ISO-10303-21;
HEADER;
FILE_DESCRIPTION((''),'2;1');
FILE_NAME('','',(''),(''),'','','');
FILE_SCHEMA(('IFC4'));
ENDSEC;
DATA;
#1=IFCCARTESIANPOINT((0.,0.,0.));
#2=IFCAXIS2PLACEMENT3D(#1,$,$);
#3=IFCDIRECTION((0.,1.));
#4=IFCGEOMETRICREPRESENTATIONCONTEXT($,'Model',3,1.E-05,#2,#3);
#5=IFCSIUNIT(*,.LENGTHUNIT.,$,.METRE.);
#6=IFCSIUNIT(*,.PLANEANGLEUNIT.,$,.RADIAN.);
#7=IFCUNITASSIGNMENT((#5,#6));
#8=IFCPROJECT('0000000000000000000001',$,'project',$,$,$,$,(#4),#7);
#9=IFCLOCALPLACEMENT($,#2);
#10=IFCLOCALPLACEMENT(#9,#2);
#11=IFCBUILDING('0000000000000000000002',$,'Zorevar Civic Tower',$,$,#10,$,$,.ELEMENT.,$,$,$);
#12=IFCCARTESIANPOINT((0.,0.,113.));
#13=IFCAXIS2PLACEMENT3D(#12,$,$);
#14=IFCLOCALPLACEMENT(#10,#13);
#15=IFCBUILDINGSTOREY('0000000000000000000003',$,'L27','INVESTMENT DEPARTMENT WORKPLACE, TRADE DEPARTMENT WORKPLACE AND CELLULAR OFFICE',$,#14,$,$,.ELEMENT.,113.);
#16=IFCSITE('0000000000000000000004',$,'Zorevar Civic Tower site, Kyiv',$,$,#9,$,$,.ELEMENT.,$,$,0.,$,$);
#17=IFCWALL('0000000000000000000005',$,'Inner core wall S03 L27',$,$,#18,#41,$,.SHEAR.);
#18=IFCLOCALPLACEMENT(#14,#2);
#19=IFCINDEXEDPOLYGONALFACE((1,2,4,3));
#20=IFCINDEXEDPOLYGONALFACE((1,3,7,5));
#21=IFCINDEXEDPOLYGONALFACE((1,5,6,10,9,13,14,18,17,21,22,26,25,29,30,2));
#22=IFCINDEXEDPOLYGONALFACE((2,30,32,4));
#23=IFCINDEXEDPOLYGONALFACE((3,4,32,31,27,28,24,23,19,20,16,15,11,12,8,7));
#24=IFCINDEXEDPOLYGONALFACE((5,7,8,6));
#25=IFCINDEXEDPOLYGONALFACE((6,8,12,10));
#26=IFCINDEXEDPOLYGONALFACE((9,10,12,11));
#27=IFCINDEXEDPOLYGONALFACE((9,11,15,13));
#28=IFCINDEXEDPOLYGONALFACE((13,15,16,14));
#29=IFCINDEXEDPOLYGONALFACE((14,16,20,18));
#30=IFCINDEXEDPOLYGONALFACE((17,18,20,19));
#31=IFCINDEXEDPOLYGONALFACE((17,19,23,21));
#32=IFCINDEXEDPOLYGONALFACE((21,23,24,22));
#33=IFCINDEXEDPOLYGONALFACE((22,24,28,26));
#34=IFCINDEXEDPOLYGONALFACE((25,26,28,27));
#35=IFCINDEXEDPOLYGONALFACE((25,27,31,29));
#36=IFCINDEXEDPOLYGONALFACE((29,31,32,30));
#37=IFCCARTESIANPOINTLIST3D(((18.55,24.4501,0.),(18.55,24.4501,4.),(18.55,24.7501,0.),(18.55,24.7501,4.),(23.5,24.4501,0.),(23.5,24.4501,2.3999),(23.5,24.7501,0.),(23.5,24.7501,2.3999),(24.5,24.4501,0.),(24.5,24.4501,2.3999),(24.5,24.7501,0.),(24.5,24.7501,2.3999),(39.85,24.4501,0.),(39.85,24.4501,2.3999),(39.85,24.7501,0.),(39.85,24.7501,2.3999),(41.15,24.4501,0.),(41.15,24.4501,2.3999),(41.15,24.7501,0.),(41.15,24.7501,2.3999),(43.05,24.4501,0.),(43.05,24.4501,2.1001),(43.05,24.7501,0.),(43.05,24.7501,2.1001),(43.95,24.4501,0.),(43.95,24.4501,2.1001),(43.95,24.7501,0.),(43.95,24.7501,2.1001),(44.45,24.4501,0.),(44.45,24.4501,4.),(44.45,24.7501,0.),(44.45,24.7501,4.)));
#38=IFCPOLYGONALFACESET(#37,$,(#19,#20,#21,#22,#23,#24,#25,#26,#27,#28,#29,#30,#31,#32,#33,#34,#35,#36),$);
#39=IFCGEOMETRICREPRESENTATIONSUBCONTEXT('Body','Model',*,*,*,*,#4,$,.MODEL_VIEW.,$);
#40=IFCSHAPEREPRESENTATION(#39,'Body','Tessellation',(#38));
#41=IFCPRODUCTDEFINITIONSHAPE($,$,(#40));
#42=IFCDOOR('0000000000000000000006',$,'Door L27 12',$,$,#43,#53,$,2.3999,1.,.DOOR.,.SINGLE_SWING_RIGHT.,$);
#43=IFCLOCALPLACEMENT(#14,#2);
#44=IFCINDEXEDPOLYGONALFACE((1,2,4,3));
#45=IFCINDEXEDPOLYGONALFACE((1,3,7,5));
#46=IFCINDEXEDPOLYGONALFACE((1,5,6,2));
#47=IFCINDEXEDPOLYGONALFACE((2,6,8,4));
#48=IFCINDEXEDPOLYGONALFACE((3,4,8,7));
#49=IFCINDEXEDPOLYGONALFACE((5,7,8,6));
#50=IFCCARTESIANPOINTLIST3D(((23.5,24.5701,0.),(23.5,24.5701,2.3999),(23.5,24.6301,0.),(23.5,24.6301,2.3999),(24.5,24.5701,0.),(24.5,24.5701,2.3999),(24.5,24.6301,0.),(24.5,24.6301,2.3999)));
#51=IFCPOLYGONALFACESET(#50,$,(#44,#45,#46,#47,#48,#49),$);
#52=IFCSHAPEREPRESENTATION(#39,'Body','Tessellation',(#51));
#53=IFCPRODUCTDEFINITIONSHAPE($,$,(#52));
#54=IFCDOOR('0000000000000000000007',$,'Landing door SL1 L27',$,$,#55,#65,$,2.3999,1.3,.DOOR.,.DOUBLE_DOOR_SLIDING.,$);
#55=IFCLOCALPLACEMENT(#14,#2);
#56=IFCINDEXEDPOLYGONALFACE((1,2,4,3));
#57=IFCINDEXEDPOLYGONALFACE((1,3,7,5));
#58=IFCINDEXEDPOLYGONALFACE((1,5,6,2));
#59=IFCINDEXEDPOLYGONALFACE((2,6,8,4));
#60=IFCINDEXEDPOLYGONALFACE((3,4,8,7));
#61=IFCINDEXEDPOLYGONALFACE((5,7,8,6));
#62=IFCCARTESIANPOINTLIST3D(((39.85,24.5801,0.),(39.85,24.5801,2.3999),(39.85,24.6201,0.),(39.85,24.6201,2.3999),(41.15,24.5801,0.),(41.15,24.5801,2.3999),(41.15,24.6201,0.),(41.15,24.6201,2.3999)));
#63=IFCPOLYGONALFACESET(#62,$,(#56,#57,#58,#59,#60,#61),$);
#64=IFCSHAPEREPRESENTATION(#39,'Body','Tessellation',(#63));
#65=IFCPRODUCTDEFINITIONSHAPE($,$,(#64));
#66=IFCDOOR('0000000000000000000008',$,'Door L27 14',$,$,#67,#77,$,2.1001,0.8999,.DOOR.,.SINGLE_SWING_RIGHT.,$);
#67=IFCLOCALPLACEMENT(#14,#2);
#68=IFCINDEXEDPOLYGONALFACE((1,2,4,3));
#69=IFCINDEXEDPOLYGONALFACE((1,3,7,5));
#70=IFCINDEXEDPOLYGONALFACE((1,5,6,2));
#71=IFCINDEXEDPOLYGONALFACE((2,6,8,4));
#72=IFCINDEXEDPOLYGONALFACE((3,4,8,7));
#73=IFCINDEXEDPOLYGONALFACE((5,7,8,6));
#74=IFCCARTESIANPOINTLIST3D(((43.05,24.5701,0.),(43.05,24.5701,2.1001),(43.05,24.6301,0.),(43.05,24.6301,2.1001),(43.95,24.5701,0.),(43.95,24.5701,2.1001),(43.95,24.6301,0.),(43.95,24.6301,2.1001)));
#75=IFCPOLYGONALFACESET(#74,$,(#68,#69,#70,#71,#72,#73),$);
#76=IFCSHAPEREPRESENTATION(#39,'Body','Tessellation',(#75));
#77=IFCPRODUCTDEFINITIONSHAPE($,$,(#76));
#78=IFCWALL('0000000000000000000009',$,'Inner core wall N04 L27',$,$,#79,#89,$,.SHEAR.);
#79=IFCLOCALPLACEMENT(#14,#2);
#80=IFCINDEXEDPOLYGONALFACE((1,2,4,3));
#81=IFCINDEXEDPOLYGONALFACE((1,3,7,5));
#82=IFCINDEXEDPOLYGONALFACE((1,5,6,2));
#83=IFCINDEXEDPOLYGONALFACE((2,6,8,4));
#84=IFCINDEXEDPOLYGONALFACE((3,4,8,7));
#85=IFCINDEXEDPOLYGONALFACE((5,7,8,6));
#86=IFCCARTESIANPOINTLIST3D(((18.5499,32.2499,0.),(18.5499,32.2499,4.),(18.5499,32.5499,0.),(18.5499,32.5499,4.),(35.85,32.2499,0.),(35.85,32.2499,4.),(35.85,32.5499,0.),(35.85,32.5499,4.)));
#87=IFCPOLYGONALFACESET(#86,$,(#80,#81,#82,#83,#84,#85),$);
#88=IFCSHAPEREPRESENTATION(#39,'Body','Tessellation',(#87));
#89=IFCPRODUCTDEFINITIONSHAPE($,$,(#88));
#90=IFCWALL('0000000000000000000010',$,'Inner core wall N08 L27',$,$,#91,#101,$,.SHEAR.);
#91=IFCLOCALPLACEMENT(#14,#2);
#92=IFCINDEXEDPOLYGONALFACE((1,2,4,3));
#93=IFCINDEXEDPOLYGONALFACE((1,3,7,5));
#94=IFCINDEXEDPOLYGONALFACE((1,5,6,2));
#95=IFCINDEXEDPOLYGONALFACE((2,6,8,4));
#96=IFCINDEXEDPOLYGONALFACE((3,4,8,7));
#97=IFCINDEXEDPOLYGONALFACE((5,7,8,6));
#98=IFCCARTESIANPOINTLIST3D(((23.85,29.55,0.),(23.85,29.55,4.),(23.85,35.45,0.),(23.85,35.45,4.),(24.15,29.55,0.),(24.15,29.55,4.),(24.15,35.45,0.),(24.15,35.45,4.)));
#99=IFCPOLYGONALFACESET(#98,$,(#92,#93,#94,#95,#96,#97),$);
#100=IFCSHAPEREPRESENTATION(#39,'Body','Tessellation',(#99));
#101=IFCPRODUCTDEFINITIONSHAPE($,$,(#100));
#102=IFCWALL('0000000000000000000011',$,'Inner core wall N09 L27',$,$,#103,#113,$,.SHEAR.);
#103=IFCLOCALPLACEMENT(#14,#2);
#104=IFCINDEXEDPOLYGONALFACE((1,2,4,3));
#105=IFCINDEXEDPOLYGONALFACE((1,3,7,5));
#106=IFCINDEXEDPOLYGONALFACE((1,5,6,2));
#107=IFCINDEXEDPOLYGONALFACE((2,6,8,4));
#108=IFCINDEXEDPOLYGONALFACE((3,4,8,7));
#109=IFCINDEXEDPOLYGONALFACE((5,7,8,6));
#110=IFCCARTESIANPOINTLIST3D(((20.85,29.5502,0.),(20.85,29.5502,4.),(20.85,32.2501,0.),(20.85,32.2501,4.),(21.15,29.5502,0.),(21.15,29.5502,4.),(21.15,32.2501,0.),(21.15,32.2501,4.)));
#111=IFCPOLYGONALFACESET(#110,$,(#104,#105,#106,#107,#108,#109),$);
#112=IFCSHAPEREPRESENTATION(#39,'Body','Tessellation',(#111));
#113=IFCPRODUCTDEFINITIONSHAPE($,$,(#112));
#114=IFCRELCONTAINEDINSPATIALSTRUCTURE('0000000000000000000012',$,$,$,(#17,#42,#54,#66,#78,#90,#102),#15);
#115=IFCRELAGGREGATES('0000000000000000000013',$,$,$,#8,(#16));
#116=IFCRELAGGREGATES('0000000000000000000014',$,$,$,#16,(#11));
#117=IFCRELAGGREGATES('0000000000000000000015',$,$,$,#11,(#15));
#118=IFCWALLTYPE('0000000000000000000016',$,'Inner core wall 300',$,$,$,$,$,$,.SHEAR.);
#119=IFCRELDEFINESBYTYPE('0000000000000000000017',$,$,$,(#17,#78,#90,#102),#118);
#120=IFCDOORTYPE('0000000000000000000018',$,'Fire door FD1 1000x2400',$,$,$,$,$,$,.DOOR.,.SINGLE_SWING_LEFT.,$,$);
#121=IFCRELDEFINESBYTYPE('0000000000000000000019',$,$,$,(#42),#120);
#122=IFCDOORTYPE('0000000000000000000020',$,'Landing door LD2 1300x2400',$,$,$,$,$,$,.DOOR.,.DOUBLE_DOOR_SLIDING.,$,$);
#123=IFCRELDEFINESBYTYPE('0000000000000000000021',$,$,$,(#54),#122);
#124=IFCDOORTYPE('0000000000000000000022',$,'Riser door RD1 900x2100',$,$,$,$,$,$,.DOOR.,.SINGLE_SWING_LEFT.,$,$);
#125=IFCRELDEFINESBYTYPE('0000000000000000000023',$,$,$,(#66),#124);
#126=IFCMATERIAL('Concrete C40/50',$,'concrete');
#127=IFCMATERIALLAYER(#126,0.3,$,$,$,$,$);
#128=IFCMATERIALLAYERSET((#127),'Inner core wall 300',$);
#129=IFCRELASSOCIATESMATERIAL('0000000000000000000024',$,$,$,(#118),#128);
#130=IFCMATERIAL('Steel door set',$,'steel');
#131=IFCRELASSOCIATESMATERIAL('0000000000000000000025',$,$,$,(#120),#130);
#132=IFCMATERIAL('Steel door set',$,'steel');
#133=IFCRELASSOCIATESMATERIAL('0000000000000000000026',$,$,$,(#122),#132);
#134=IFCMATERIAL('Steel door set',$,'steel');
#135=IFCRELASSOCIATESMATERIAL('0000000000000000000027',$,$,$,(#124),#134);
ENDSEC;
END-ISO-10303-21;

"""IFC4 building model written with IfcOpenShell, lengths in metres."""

from ifc_helpers import new_model, si_unit, direction, frame, frame_2d, origin, place, context, subcontext, project, spatial, rectangle, extrude, material, layer, layer_set, type_object, element, fill, save


model = new_model("IFC4")

# Units and contexts
model_context = context("Model", 3, precision=1e-05, world=origin(), true_north=direction((0.0, 1.0)))
body_context = subcontext(model_context, "Body", "Model", "MODEL_VIEW")
ifc_project = project(units=[si_unit("LENGTHUNIT", "METRE"), si_unit("PLANEANGLEUNIT", "RADIAN")], contexts=[model_context])

# Site, building, storey
site_placement = place(None, origin())
site = spatial("IfcSite", under=ifc_project, at=site_placement, Name="Zorevar Civic Tower site, Kyiv", CompositionType="ELEMENT", RefElevation=0.0)
building_placement = place(site_placement, origin())
building = spatial("IfcBuilding", under=site, at=building_placement, Name="Zorevar Civic Tower", CompositionType="ELEMENT")
storey_placement = place(building_placement, frame((0.0, 0.0, 113.0)))
storey = spatial("IfcBuildingStorey", under=building, at=storey_placement, Name="L27", Description="INVESTMENT DEPARTMENT WORKPLACE, TRADE DEPARTMENT WORKPLACE AND CELLULAR OFFICE", CompositionType="ELEMENT", Elevation=113.0)

# Shared definitions
ifc_material_1 = material(Name="Concrete C40/50", Category="concrete")
ifc_layer_1 = layer(ifc_material_1, 0.3)
ifc_layer_set_1 = layer_set([ifc_layer_1], Name="Inner core wall 300")
wall_type_1 = type_object("IfcWallType", Name="Inner core wall 300", PredefinedType="SHEAR", material=ifc_layer_set_1)

# Wall, openings, doors
wall_1_placement = place(storey_placement, frame((18.55, 24.6001, 0.0), z_axis=(0.0, 0.0, 1.0), x_axis=(1.0, 0.0, 0.0)))
wall_1 = element("IfcWall", 1, at=wall_1_placement, inside=storey, type_object=wall_type_1, Name="Inner core wall S03 L27", PredefinedType="SHEAR", context=body_context, shape_type="SweptSolid", body=[
    extrude(rectangle(XDim=25.8999, YDim=0.3, at=frame_2d((12.95, 0.0))), origin(), (0.0, 0.0, 1.0), 4.0),
])
opening_1_placement = place(wall_1_placement, frame((4.95, 0.0, 0.0)))
opening_1 = element("IfcOpeningElement", 2, at=opening_1_placement, cuts=wall_1, PredefinedType="OPENING", context=body_context, shape_type="SweptSolid", body=[
    extrude(rectangle(XDim=1.0, YDim=2.3999, at=frame_2d((0.5, 1.2))), frame((0.0, 0.1599, 0.0), z_axis=(0.0, -1.0, 0.0), x_axis=(1.0, 0.0, 0.0)), (0.0, 0.0, 1.0), 0.3201),
])
opening_2_placement = place(wall_1_placement, frame((24.5, 0.0, 0.0)))
opening_2 = element("IfcOpeningElement", 3, at=opening_2_placement, cuts=wall_1, PredefinedType="OPENING", context=body_context, shape_type="SweptSolid", body=[
    extrude(rectangle(XDim=0.8999, YDim=2.1001, at=frame_2d((0.45, 1.05))), frame((0.0, 0.1599, 0.0), z_axis=(0.0, -1.0, 0.0), x_axis=(1.0, 0.0, 0.0)), (0.0, 0.0, 1.0), 0.3201),
])
opening_3_placement = place(wall_1_placement, frame((21.3, 0.0, 0.0)))
opening_3 = element("IfcOpeningElement", 4, at=opening_3_placement, cuts=wall_1, PredefinedType="OPENING", context=body_context, shape_type="SweptSolid", body=[
    extrude(rectangle(XDim=1.3, YDim=2.3999, at=frame_2d((0.6499, 1.2))), frame((0.0, 0.1599, 0.0), z_axis=(0.0, -1.0, 0.0), x_axis=(1.0, 0.0, 0.0)), (0.0, 0.0, 1.0), 0.3201),
])
ifc_material_2 = material(Name="Steel door set", Category="steel")
door_type_1 = type_object("IfcDoorType", Name="Fire door FD1 1000x2400", OperationType="SINGLE_SWING_LEFT", PredefinedType="DOOR", material=ifc_material_2)
door_1_placement = place(opening_1_placement, origin())
door_1 = element("IfcDoor", 5, at=door_1_placement, inside=storey, type_object=door_type_1, Name="Door L27 12", OperationType="SINGLE_SWING_RIGHT", OverallHeight=2.3999, OverallWidth=1.0, PredefinedType="DOOR", context=body_context, shape_type="SweptSolid", body=[
    extrude(rectangle(XDim=1.0, YDim=2.3999, at=frame_2d((0.5, 1.2))), frame((0.0, 0.03, 0.0), z_axis=(0.0, -1.0, 0.0), x_axis=(1.0, 0.0, 0.0)), (0.0, 0.0, 1.0), 0.0601),
])
fill(opening_1, door_1)
ifc_material_3 = material(Name="Steel door set", Category="steel")
door_type_2 = type_object("IfcDoorType", Name="Landing door LD2 1300x2400", OperationType="DOUBLE_DOOR_SLIDING", PredefinedType="DOOR", material=ifc_material_3)
door_2_placement = place(opening_3_placement, origin())
door_2 = element("IfcDoor", 6, at=door_2_placement, inside=storey, type_object=door_type_2, Name="Landing door SL1 L27", OperationType="DOUBLE_DOOR_SLIDING", OverallHeight=2.3999, OverallWidth=1.3, PredefinedType="DOOR", context=body_context, shape_type="SweptSolid", body=[
    extrude(rectangle(XDim=1.3, YDim=2.3999, at=frame_2d((0.6499, 1.2))), frame((0.0, 0.02, 0.0), z_axis=(0.0, -1.0, 0.0), x_axis=(1.0, 0.0, 0.0)), (0.0, 0.0, 1.0), 0.04),
])
fill(opening_3, door_2)
ifc_material_4 = material(Name="Steel door set", Category="steel")
door_type_3 = type_object("IfcDoorType", Name="Riser door RD1 900x2100", OperationType="SINGLE_SWING_LEFT", PredefinedType="DOOR", material=ifc_material_4)
door_3_placement = place(opening_2_placement, origin())
door_3 = element("IfcDoor", 7, at=door_3_placement, inside=storey, type_object=door_type_3, Name="Door L27 14", OperationType="SINGLE_SWING_RIGHT", OverallHeight=2.1001, OverallWidth=0.8999, PredefinedType="DOOR", context=body_context, shape_type="SweptSolid", body=[
    extrude(rectangle(XDim=0.8999, YDim=2.1001, at=frame_2d((0.45, 1.05))), frame((0.0, 0.03, 0.0), z_axis=(0.0, -1.0, 0.0), x_axis=(1.0, 0.0, 0.0)), (0.0, 0.0, 1.0), 0.0601),
])
fill(opening_2, door_3)

# Walls
wall_2_placement = place(storey_placement, frame((18.55, 32.3999, 0.0), z_axis=(0.0, 0.0, 1.0), x_axis=(1.0, 0.0, 0.0)))
element("IfcWall", 8, at=wall_2_placement, inside=storey, type_object=wall_type_1, Name="Inner core wall N04 L27", PredefinedType="SHEAR", context=body_context, shape_type="SweptSolid", body=[
    extrude(rectangle(XDim=17.3, YDim=0.3, at=frame_2d((8.6499, 0.0))), origin(), (0.0, 0.0, 1.0), 4.0),
])
wall_3_placement = place(storey_placement, frame((24.0, 29.55, 0.0), z_axis=(0.0, 0.0, 1.0), x_axis=(0.0, 1.0, 0.0)))
element("IfcWall", 9, at=wall_3_placement, inside=storey, type_object=wall_type_1, Name="Inner core wall N08 L27", PredefinedType="SHEAR", context=body_context, shape_type="SweptSolid", body=[
    extrude(rectangle(XDim=5.8999, YDim=0.3, at=frame_2d((2.95, 0.0))), origin(), (0.0, 0.0, 1.0), 4.0),
])
wall_4_placement = place(storey_placement, frame((21.0, 29.55, 0.0), z_axis=(0.0, 0.0, 1.0), x_axis=(0.0, 1.0, 0.0)))
element("IfcWall", 10, at=wall_4_placement, inside=storey, type_object=wall_type_1, Name="Inner core wall N09 L27", PredefinedType="SHEAR", context=body_context, shape_type="SweptSolid", body=[
    extrude(rectangle(XDim=2.7, YDim=0.3, at=frame_2d((1.3501, 0.0))), origin(), (0.0, 0.0, 1.0), 4.0),
])

save(model, "model.ifc")
